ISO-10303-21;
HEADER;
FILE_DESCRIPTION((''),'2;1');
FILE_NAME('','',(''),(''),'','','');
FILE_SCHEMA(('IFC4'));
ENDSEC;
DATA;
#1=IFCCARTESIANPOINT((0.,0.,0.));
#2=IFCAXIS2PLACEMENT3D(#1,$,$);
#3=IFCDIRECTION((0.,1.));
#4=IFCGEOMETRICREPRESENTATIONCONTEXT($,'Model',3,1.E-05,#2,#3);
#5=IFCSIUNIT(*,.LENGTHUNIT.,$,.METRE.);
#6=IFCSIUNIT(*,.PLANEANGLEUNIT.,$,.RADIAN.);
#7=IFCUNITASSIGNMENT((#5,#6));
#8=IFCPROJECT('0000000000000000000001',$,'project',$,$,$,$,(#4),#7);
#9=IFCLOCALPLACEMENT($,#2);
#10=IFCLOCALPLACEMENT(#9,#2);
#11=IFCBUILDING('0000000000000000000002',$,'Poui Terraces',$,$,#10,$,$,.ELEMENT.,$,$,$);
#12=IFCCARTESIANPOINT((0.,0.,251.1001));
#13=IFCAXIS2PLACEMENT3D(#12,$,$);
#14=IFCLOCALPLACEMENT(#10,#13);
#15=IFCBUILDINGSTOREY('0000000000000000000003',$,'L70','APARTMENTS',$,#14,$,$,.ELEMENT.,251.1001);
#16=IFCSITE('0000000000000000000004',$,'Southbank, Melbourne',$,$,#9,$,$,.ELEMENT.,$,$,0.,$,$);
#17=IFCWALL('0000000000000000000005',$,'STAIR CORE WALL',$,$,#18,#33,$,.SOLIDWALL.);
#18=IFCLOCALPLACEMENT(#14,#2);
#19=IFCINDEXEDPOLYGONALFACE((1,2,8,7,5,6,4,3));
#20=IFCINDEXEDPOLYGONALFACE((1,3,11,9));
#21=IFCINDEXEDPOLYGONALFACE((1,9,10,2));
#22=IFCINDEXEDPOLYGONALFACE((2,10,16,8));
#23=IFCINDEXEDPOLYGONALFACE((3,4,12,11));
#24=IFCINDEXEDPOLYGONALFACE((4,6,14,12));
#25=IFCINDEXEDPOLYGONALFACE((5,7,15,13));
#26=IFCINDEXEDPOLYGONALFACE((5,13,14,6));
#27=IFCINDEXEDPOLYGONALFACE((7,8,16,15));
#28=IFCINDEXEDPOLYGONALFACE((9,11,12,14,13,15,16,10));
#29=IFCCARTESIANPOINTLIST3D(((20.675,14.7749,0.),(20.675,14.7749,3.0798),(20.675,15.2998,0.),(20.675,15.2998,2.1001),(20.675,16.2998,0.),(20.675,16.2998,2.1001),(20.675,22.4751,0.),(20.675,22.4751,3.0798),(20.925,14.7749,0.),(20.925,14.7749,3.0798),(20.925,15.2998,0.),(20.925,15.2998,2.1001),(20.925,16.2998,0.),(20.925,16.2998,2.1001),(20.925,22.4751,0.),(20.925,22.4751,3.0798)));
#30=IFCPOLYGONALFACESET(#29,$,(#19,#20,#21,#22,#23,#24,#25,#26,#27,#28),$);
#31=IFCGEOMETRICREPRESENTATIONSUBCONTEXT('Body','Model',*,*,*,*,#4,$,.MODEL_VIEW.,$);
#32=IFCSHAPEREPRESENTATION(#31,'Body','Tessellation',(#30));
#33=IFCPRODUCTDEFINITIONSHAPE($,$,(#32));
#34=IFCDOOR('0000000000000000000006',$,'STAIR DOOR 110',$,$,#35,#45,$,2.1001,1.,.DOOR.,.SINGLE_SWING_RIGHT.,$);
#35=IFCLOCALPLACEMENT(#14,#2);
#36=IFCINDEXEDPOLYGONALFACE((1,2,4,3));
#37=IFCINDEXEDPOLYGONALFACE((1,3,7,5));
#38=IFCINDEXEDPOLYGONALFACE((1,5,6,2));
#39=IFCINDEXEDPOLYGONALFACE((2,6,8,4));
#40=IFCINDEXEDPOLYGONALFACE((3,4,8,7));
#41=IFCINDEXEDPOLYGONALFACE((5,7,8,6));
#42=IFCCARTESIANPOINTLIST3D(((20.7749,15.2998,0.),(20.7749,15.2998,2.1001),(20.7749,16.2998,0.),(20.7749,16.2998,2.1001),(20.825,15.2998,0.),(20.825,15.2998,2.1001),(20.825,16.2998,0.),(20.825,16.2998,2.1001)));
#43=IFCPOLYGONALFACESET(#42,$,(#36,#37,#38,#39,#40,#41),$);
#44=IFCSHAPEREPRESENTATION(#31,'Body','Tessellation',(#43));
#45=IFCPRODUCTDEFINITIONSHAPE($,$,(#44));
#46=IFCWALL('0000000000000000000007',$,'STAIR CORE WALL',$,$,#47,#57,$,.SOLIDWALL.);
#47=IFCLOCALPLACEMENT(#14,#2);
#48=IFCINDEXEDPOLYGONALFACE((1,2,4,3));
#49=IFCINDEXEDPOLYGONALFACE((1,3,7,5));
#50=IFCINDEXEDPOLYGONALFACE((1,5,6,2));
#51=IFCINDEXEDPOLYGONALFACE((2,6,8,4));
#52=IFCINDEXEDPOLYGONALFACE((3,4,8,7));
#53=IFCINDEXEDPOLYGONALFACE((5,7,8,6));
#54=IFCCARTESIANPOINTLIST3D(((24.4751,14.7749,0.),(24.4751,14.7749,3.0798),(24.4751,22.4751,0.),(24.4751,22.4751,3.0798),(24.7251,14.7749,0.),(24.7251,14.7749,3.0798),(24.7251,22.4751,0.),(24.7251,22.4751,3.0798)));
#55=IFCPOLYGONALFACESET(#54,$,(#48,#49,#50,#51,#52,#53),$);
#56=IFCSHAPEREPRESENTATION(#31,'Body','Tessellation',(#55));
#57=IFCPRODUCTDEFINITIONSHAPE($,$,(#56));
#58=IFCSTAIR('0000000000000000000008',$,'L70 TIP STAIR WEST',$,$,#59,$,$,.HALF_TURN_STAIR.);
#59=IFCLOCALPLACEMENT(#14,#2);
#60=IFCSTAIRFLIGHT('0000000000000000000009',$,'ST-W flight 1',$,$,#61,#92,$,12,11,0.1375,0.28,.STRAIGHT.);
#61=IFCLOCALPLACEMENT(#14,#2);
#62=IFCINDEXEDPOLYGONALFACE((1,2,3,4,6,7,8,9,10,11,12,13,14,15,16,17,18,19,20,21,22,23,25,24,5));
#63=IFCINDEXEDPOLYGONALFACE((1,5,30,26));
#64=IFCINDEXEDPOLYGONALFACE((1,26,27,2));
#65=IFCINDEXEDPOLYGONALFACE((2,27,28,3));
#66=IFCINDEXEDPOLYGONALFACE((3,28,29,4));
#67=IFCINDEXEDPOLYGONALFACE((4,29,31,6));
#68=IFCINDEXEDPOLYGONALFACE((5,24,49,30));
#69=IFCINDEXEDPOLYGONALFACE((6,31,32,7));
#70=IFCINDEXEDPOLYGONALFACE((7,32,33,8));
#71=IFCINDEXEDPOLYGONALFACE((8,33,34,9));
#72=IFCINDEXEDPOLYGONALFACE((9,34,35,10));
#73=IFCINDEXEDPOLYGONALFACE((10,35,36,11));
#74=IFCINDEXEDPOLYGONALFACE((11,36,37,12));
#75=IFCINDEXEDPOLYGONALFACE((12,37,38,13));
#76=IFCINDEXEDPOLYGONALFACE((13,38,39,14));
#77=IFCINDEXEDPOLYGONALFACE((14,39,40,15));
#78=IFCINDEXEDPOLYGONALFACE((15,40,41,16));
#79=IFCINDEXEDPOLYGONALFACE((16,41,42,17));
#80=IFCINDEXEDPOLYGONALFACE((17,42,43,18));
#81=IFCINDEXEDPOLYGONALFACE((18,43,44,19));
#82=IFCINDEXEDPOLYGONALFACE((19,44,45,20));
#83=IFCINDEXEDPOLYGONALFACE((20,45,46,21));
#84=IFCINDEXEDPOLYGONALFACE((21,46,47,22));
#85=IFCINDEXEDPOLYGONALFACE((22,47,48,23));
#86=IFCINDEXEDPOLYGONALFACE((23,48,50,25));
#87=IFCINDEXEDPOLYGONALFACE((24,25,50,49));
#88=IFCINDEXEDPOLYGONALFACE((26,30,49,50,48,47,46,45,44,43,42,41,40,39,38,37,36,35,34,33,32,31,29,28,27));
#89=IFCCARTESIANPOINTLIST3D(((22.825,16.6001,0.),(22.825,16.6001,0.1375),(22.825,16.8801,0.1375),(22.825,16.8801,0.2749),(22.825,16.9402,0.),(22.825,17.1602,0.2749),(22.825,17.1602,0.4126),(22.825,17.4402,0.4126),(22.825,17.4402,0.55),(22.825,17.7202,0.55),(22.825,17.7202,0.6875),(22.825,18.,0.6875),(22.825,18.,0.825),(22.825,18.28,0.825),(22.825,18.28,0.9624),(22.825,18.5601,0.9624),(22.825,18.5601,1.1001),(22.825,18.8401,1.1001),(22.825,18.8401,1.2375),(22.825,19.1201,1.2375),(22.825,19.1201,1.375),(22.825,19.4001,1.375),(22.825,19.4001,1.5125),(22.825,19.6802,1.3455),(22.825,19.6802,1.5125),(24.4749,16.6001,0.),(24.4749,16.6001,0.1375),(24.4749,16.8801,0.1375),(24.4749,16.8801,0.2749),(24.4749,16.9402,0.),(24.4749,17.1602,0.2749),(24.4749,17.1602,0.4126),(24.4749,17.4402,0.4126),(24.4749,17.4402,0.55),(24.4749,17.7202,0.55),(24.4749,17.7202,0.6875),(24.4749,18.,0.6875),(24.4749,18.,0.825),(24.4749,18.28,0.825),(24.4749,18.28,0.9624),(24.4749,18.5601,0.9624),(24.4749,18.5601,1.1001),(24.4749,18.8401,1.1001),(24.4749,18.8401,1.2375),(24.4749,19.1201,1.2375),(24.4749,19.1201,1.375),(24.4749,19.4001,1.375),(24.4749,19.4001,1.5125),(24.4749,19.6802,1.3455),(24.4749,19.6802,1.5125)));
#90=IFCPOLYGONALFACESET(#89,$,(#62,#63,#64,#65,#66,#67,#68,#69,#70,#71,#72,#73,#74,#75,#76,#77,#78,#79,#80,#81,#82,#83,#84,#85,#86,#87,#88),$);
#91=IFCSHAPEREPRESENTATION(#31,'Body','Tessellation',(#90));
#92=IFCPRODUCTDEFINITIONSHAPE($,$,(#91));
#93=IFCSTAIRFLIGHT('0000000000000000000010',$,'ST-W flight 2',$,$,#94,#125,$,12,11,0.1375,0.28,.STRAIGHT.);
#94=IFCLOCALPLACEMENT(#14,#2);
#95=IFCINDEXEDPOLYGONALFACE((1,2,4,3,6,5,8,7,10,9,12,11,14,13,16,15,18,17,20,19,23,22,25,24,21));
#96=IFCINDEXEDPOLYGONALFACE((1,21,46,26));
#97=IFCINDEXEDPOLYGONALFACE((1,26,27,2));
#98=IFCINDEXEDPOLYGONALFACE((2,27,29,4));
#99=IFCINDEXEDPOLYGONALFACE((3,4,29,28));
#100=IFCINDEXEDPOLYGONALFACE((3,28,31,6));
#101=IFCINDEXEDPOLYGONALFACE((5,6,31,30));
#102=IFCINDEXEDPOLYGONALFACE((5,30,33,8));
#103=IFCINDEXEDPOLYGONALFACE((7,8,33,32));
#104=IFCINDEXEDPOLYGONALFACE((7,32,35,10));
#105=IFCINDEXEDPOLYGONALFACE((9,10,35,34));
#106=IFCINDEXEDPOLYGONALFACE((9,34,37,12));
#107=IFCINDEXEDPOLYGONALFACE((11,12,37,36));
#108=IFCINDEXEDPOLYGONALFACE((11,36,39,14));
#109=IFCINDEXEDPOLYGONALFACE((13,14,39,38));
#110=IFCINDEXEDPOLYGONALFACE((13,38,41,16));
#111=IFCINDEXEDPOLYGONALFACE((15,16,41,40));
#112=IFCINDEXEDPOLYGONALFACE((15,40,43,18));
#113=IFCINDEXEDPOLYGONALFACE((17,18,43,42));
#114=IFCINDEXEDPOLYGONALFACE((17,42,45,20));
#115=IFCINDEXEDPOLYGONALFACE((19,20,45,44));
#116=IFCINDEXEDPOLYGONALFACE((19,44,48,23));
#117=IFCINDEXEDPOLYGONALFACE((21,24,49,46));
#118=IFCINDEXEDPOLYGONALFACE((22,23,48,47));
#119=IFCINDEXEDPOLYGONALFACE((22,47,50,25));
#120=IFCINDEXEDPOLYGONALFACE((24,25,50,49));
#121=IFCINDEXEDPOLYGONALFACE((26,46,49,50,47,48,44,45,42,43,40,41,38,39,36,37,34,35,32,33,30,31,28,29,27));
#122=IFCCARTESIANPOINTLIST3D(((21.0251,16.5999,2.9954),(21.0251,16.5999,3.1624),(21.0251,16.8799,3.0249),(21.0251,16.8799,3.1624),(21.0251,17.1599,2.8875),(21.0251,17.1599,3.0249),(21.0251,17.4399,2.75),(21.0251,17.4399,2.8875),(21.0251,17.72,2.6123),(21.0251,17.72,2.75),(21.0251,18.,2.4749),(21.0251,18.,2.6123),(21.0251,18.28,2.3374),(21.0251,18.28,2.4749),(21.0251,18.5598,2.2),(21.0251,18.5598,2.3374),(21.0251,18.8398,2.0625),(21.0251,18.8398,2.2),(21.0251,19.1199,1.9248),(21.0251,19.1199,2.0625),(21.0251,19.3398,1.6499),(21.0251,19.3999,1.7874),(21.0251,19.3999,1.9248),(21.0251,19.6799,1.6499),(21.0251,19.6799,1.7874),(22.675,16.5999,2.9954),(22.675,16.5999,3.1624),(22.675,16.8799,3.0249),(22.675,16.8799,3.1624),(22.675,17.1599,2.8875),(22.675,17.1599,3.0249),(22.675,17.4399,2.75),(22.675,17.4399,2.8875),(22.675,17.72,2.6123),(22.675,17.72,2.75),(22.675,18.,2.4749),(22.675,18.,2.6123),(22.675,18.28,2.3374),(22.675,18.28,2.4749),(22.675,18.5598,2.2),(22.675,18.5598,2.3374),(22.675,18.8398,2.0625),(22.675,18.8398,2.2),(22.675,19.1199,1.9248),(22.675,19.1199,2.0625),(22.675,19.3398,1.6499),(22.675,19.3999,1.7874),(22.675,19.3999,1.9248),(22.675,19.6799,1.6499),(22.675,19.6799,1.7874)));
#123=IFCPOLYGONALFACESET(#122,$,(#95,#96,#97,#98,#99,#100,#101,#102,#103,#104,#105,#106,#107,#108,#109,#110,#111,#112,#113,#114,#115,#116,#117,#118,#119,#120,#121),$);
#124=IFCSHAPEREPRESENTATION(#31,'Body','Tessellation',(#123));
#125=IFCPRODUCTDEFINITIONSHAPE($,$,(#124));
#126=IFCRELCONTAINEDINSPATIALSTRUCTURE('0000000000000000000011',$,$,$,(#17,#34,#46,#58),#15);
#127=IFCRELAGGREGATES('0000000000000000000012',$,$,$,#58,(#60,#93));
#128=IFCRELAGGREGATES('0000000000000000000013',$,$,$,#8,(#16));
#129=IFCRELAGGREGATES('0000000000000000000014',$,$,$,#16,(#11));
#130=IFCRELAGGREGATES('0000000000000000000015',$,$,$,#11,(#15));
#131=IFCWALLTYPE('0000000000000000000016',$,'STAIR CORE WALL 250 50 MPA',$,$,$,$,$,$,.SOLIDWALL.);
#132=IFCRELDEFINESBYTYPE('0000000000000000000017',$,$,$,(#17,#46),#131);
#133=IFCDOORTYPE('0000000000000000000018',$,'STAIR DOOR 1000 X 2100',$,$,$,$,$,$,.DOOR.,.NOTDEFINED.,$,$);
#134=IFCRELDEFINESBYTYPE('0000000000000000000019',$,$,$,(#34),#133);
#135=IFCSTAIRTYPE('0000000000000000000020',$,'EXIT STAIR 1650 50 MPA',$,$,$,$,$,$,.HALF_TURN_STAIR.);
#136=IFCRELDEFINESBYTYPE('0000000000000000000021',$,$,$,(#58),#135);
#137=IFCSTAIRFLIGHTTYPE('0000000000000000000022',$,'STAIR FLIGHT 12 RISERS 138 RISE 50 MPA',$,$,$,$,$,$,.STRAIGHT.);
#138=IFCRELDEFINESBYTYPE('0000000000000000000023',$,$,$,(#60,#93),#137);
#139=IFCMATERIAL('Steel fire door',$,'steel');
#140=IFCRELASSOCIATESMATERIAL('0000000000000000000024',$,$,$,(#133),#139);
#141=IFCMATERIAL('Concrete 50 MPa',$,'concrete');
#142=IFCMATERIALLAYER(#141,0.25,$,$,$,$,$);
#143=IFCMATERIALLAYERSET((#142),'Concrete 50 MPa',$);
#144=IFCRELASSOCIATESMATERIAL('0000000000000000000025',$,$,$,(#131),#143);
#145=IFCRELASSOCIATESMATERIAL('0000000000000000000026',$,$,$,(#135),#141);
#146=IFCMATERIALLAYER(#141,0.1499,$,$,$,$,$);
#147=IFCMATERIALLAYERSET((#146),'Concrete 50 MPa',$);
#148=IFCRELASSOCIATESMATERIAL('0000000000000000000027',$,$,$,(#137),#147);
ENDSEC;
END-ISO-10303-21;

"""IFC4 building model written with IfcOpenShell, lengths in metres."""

from ifc_helpers import new_model, si_unit, direction, frame, frame_2d, origin, place, context, subcontext, project, spatial, polyline, rectangle, outline, extrude, material, layer, layer_set, type_object, element, fill, aggregate, save


model = new_model("IFC4")

# Units and contexts
model_context = context("Model", 3, precision=1e-05, world=origin(), true_north=direction((0.0, 1.0)))
body_context = subcontext(model_context, "Body", "Model", "MODEL_VIEW")
ifc_project = project(units=[si_unit("LENGTHUNIT", "METRE"), si_unit("PLANEANGLEUNIT", "RADIAN")], contexts=[model_context])

# Site, building, storey
site_placement = place(None, origin())
site = spatial("IfcSite", under=ifc_project, at=site_placement, Name="Southbank, Melbourne", CompositionType="ELEMENT", RefElevation=0.0)
building_placement = place(site_placement, origin())
building = spatial("IfcBuilding", under=site, at=building_placement, Name="Poui Terraces", CompositionType="ELEMENT")
storey_placement = place(building_placement, frame((0.0, 0.0, 251.1001)))
storey = spatial("IfcBuildingStorey", under=building, at=storey_placement, Name="L70", Description="APARTMENTS", CompositionType="ELEMENT", Elevation=251.1001)

# Shared definitions
ifc_material_1 = material(Name="Concrete 50 MPa", Category="concrete")
ifc_material_2 = material(Name="Steel fire door", Category="steel")
door_type_1 = type_object("IfcDoorType", Name="STAIR DOOR 1000 X 2100", OperationType="NOTDEFINED", PredefinedType="DOOR", material=ifc_material_2)

# Wall, opening, door
ifc_layer_1 = layer(ifc_material_1, 0.25)
ifc_layer_set_1 = layer_set([ifc_layer_1], Name="Concrete 50 MPa")
wall_type_1 = type_object("IfcWallType", Name="STAIR CORE WALL 250 50 MPA", PredefinedType="SOLIDWALL", material=ifc_layer_set_1)
wall_1_placement = place(storey_placement, frame((20.8, 14.7749, 0.0), z_axis=(0.0, 0.0, 1.0), x_axis=(0.0, 1.0, 0.0)))
wall_1 = element("IfcWall", 1, at=wall_1_placement, inside=storey, type_object=wall_type_1, Name="STAIR CORE WALL", PredefinedType="SOLIDWALL", context=body_context, shape_type="SweptSolid", body=[
    extrude(rectangle(XDim=7.7002, YDim=0.25, at=frame_2d((3.8501, 0.0))), origin(), (0.0, 0.0, 1.0), 3.0798),
])
opening_1_placement = place(wall_1_placement, frame((0.5249, 0.0, 0.0)))
opening_1 = element("IfcOpeningElement", 2, at=opening_1_placement, cuts=wall_1, PredefinedType="OPENING", context=body_context, shape_type="SweptSolid", body=[
    extrude(rectangle(XDim=1.0, YDim=2.1001, at=frame_2d((0.5, 1.05))), frame((0.0, 0.135, 0.0), z_axis=(0.0, -1.0, 0.0), x_axis=(1.0, 0.0, 0.0)), (0.0, 0.0, 1.0), 0.27),
])
door_1_placement = place(opening_1_placement, frame((1.0, 0.0, 0.0), z_axis=(0.0, 0.0, 1.0), x_axis=(-1.0, 0.0, 0.0)))
door_1 = element("IfcDoor", 3, at=door_1_placement, inside=storey, type_object=door_type_1, Name="STAIR DOOR 110", OperationType="SINGLE_SWING_RIGHT", OverallHeight=2.1001, OverallWidth=1.0, PredefinedType="DOOR", context=body_context, shape_type="SweptSolid", body=[
    extrude(rectangle(XDim=1.0, YDim=2.1001, at=frame_2d((0.5, 1.05))), frame((0.0, 0.0249, 0.0), z_axis=(0.0, -1.0, 0.0), x_axis=(1.0, 0.0, 0.0)), (0.0, 0.0, 1.0), 0.05),
])
fill(opening_1, door_1)

# Wall
wall_2_placement = place(storey_placement, frame((24.6001, 14.7749, 0.0), z_axis=(0.0, 0.0, 1.0), x_axis=(0.0, 1.0, 0.0)))
element("IfcWall", 4, at=wall_2_placement, inside=storey, type_object=wall_type_1, Name="STAIR CORE WALL", PredefinedType="SOLIDWALL", context=body_context, shape_type="SweptSolid", body=[
    extrude(rectangle(XDim=7.7002, YDim=0.25, at=frame_2d((3.8501, 0.0))), origin(), (0.0, 0.0, 1.0), 3.0798),
])

# Stair, stair flights
stair_type = type_object("IfcStairType", Name="EXIT STAIR 1650 50 MPA", PredefinedType="HALF_TURN_STAIR", material=ifc_material_1)
stair_placement = place(storey_placement, origin())
stair = element("IfcStair", 5, at=stair_placement, inside=storey, type_object=stair_type, Name="L70 TIP STAIR WEST", PredefinedType="HALF_TURN_STAIR")
ifc_layer_2 = layer(ifc_material_1, 0.1499)
ifc_layer_set_2 = layer_set([ifc_layer_2], Name="Concrete 50 MPa")
stair_flight_type = type_object("IfcStairFlightType", Name="STAIR FLIGHT 12 RISERS 138 RISE 50 MPA", PredefinedType="STRAIGHT", material=ifc_layer_set_2)
stair_flight_1_placement = place(storey_placement, frame((23.6499, 16.6001, 0.0), z_axis=(0.0, 0.0, 1.0), x_axis=(0.0, 1.0, 0.0)))
stair_flight_1 = element("IfcStairFlight", 6, at=stair_flight_1_placement, type_object=stair_flight_type, Name="ST-W flight 1", NumberOfRisers=12, NumberOfTreads=11, PredefinedType="STRAIGHT", RiserHeight=0.1375, TreadLength=0.28, context=body_context, shape_type="SweptSolid", body=[
    extrude(outline(polyline([(0.0, 0.0), (0.0, 0.1375), (0.28, 0.1375), (0.28, 0.2749), (0.5601, 0.2749), (0.5601, 0.4126), (0.8401, 0.4126), (0.8401, 0.55), (1.1201, 0.55), (1.1201, 0.6875), (1.3999, 0.6875), (1.3999, 0.825), (1.6799, 0.825), (1.6799, 0.9624), (1.96, 0.9624), (1.96, 1.1001), (2.24, 1.1001), (2.24, 1.2375), (2.52, 1.2375), (2.52, 1.375), (2.8, 1.375), (2.8, 1.5125), (3.0801, 1.5125), (3.0801, 1.6499), (3.0801, 1.3455), (0.3401, 0.0), (0.0, 0.0)])), frame((0.0, 0.825, 0.0), z_axis=(0.0, -1.0, 0.0), x_axis=(1.0, 0.0, 0.0)), (0.0, 0.0, 1.0), 1.6499),
])
stair_flight_2_placement = place(storey_placement, frame((21.8501, 19.6799, 1.6499), z_axis=(0.0, 0.0, 1.0), x_axis=(0.0, -1.0, 0.0)))
stair_flight_2 = element("IfcStairFlight", 7, at=stair_flight_2_placement, type_object=stair_flight_type, Name="ST-W flight 2", NumberOfRisers=12, NumberOfTreads=11, PredefinedType="STRAIGHT", RiserHeight=0.1375, TreadLength=0.28, context=body_context, shape_type="SweptSolid", body=[
    extrude(outline(polyline([(0.0, 0.0), (0.0, 0.1375), (0.28, 0.1375), (0.28, 0.2749), (0.5601, 0.2749), (0.5601, 0.4126), (0.8401, 0.4126), (0.8401, 0.55), (1.1201, 0.55), (1.1201, 0.6875), (1.3999, 0.6875), (1.3999, 0.825), (1.6799, 0.825), (1.6799, 0.9624), (1.96, 0.9624), (1.96, 1.1001), (2.24, 1.1001), (2.24, 1.2375), (2.52, 1.2375), (2.52, 1.375), (2.8, 1.375), (2.8, 1.5125), (3.0801, 1.5125), (3.0801, 1.6499), (3.0801, 1.3455), (0.3401, 0.0), (0.0, 0.0)])), frame((0.0, 0.825, 0.0), z_axis=(0.0, -1.0, 0.0), x_axis=(1.0, 0.0, 0.0)), (0.0, 0.0, 1.0), 1.6499),
])
aggregate(stair, [stair_flight_1, stair_flight_2])

save(model, "model.ifc")
